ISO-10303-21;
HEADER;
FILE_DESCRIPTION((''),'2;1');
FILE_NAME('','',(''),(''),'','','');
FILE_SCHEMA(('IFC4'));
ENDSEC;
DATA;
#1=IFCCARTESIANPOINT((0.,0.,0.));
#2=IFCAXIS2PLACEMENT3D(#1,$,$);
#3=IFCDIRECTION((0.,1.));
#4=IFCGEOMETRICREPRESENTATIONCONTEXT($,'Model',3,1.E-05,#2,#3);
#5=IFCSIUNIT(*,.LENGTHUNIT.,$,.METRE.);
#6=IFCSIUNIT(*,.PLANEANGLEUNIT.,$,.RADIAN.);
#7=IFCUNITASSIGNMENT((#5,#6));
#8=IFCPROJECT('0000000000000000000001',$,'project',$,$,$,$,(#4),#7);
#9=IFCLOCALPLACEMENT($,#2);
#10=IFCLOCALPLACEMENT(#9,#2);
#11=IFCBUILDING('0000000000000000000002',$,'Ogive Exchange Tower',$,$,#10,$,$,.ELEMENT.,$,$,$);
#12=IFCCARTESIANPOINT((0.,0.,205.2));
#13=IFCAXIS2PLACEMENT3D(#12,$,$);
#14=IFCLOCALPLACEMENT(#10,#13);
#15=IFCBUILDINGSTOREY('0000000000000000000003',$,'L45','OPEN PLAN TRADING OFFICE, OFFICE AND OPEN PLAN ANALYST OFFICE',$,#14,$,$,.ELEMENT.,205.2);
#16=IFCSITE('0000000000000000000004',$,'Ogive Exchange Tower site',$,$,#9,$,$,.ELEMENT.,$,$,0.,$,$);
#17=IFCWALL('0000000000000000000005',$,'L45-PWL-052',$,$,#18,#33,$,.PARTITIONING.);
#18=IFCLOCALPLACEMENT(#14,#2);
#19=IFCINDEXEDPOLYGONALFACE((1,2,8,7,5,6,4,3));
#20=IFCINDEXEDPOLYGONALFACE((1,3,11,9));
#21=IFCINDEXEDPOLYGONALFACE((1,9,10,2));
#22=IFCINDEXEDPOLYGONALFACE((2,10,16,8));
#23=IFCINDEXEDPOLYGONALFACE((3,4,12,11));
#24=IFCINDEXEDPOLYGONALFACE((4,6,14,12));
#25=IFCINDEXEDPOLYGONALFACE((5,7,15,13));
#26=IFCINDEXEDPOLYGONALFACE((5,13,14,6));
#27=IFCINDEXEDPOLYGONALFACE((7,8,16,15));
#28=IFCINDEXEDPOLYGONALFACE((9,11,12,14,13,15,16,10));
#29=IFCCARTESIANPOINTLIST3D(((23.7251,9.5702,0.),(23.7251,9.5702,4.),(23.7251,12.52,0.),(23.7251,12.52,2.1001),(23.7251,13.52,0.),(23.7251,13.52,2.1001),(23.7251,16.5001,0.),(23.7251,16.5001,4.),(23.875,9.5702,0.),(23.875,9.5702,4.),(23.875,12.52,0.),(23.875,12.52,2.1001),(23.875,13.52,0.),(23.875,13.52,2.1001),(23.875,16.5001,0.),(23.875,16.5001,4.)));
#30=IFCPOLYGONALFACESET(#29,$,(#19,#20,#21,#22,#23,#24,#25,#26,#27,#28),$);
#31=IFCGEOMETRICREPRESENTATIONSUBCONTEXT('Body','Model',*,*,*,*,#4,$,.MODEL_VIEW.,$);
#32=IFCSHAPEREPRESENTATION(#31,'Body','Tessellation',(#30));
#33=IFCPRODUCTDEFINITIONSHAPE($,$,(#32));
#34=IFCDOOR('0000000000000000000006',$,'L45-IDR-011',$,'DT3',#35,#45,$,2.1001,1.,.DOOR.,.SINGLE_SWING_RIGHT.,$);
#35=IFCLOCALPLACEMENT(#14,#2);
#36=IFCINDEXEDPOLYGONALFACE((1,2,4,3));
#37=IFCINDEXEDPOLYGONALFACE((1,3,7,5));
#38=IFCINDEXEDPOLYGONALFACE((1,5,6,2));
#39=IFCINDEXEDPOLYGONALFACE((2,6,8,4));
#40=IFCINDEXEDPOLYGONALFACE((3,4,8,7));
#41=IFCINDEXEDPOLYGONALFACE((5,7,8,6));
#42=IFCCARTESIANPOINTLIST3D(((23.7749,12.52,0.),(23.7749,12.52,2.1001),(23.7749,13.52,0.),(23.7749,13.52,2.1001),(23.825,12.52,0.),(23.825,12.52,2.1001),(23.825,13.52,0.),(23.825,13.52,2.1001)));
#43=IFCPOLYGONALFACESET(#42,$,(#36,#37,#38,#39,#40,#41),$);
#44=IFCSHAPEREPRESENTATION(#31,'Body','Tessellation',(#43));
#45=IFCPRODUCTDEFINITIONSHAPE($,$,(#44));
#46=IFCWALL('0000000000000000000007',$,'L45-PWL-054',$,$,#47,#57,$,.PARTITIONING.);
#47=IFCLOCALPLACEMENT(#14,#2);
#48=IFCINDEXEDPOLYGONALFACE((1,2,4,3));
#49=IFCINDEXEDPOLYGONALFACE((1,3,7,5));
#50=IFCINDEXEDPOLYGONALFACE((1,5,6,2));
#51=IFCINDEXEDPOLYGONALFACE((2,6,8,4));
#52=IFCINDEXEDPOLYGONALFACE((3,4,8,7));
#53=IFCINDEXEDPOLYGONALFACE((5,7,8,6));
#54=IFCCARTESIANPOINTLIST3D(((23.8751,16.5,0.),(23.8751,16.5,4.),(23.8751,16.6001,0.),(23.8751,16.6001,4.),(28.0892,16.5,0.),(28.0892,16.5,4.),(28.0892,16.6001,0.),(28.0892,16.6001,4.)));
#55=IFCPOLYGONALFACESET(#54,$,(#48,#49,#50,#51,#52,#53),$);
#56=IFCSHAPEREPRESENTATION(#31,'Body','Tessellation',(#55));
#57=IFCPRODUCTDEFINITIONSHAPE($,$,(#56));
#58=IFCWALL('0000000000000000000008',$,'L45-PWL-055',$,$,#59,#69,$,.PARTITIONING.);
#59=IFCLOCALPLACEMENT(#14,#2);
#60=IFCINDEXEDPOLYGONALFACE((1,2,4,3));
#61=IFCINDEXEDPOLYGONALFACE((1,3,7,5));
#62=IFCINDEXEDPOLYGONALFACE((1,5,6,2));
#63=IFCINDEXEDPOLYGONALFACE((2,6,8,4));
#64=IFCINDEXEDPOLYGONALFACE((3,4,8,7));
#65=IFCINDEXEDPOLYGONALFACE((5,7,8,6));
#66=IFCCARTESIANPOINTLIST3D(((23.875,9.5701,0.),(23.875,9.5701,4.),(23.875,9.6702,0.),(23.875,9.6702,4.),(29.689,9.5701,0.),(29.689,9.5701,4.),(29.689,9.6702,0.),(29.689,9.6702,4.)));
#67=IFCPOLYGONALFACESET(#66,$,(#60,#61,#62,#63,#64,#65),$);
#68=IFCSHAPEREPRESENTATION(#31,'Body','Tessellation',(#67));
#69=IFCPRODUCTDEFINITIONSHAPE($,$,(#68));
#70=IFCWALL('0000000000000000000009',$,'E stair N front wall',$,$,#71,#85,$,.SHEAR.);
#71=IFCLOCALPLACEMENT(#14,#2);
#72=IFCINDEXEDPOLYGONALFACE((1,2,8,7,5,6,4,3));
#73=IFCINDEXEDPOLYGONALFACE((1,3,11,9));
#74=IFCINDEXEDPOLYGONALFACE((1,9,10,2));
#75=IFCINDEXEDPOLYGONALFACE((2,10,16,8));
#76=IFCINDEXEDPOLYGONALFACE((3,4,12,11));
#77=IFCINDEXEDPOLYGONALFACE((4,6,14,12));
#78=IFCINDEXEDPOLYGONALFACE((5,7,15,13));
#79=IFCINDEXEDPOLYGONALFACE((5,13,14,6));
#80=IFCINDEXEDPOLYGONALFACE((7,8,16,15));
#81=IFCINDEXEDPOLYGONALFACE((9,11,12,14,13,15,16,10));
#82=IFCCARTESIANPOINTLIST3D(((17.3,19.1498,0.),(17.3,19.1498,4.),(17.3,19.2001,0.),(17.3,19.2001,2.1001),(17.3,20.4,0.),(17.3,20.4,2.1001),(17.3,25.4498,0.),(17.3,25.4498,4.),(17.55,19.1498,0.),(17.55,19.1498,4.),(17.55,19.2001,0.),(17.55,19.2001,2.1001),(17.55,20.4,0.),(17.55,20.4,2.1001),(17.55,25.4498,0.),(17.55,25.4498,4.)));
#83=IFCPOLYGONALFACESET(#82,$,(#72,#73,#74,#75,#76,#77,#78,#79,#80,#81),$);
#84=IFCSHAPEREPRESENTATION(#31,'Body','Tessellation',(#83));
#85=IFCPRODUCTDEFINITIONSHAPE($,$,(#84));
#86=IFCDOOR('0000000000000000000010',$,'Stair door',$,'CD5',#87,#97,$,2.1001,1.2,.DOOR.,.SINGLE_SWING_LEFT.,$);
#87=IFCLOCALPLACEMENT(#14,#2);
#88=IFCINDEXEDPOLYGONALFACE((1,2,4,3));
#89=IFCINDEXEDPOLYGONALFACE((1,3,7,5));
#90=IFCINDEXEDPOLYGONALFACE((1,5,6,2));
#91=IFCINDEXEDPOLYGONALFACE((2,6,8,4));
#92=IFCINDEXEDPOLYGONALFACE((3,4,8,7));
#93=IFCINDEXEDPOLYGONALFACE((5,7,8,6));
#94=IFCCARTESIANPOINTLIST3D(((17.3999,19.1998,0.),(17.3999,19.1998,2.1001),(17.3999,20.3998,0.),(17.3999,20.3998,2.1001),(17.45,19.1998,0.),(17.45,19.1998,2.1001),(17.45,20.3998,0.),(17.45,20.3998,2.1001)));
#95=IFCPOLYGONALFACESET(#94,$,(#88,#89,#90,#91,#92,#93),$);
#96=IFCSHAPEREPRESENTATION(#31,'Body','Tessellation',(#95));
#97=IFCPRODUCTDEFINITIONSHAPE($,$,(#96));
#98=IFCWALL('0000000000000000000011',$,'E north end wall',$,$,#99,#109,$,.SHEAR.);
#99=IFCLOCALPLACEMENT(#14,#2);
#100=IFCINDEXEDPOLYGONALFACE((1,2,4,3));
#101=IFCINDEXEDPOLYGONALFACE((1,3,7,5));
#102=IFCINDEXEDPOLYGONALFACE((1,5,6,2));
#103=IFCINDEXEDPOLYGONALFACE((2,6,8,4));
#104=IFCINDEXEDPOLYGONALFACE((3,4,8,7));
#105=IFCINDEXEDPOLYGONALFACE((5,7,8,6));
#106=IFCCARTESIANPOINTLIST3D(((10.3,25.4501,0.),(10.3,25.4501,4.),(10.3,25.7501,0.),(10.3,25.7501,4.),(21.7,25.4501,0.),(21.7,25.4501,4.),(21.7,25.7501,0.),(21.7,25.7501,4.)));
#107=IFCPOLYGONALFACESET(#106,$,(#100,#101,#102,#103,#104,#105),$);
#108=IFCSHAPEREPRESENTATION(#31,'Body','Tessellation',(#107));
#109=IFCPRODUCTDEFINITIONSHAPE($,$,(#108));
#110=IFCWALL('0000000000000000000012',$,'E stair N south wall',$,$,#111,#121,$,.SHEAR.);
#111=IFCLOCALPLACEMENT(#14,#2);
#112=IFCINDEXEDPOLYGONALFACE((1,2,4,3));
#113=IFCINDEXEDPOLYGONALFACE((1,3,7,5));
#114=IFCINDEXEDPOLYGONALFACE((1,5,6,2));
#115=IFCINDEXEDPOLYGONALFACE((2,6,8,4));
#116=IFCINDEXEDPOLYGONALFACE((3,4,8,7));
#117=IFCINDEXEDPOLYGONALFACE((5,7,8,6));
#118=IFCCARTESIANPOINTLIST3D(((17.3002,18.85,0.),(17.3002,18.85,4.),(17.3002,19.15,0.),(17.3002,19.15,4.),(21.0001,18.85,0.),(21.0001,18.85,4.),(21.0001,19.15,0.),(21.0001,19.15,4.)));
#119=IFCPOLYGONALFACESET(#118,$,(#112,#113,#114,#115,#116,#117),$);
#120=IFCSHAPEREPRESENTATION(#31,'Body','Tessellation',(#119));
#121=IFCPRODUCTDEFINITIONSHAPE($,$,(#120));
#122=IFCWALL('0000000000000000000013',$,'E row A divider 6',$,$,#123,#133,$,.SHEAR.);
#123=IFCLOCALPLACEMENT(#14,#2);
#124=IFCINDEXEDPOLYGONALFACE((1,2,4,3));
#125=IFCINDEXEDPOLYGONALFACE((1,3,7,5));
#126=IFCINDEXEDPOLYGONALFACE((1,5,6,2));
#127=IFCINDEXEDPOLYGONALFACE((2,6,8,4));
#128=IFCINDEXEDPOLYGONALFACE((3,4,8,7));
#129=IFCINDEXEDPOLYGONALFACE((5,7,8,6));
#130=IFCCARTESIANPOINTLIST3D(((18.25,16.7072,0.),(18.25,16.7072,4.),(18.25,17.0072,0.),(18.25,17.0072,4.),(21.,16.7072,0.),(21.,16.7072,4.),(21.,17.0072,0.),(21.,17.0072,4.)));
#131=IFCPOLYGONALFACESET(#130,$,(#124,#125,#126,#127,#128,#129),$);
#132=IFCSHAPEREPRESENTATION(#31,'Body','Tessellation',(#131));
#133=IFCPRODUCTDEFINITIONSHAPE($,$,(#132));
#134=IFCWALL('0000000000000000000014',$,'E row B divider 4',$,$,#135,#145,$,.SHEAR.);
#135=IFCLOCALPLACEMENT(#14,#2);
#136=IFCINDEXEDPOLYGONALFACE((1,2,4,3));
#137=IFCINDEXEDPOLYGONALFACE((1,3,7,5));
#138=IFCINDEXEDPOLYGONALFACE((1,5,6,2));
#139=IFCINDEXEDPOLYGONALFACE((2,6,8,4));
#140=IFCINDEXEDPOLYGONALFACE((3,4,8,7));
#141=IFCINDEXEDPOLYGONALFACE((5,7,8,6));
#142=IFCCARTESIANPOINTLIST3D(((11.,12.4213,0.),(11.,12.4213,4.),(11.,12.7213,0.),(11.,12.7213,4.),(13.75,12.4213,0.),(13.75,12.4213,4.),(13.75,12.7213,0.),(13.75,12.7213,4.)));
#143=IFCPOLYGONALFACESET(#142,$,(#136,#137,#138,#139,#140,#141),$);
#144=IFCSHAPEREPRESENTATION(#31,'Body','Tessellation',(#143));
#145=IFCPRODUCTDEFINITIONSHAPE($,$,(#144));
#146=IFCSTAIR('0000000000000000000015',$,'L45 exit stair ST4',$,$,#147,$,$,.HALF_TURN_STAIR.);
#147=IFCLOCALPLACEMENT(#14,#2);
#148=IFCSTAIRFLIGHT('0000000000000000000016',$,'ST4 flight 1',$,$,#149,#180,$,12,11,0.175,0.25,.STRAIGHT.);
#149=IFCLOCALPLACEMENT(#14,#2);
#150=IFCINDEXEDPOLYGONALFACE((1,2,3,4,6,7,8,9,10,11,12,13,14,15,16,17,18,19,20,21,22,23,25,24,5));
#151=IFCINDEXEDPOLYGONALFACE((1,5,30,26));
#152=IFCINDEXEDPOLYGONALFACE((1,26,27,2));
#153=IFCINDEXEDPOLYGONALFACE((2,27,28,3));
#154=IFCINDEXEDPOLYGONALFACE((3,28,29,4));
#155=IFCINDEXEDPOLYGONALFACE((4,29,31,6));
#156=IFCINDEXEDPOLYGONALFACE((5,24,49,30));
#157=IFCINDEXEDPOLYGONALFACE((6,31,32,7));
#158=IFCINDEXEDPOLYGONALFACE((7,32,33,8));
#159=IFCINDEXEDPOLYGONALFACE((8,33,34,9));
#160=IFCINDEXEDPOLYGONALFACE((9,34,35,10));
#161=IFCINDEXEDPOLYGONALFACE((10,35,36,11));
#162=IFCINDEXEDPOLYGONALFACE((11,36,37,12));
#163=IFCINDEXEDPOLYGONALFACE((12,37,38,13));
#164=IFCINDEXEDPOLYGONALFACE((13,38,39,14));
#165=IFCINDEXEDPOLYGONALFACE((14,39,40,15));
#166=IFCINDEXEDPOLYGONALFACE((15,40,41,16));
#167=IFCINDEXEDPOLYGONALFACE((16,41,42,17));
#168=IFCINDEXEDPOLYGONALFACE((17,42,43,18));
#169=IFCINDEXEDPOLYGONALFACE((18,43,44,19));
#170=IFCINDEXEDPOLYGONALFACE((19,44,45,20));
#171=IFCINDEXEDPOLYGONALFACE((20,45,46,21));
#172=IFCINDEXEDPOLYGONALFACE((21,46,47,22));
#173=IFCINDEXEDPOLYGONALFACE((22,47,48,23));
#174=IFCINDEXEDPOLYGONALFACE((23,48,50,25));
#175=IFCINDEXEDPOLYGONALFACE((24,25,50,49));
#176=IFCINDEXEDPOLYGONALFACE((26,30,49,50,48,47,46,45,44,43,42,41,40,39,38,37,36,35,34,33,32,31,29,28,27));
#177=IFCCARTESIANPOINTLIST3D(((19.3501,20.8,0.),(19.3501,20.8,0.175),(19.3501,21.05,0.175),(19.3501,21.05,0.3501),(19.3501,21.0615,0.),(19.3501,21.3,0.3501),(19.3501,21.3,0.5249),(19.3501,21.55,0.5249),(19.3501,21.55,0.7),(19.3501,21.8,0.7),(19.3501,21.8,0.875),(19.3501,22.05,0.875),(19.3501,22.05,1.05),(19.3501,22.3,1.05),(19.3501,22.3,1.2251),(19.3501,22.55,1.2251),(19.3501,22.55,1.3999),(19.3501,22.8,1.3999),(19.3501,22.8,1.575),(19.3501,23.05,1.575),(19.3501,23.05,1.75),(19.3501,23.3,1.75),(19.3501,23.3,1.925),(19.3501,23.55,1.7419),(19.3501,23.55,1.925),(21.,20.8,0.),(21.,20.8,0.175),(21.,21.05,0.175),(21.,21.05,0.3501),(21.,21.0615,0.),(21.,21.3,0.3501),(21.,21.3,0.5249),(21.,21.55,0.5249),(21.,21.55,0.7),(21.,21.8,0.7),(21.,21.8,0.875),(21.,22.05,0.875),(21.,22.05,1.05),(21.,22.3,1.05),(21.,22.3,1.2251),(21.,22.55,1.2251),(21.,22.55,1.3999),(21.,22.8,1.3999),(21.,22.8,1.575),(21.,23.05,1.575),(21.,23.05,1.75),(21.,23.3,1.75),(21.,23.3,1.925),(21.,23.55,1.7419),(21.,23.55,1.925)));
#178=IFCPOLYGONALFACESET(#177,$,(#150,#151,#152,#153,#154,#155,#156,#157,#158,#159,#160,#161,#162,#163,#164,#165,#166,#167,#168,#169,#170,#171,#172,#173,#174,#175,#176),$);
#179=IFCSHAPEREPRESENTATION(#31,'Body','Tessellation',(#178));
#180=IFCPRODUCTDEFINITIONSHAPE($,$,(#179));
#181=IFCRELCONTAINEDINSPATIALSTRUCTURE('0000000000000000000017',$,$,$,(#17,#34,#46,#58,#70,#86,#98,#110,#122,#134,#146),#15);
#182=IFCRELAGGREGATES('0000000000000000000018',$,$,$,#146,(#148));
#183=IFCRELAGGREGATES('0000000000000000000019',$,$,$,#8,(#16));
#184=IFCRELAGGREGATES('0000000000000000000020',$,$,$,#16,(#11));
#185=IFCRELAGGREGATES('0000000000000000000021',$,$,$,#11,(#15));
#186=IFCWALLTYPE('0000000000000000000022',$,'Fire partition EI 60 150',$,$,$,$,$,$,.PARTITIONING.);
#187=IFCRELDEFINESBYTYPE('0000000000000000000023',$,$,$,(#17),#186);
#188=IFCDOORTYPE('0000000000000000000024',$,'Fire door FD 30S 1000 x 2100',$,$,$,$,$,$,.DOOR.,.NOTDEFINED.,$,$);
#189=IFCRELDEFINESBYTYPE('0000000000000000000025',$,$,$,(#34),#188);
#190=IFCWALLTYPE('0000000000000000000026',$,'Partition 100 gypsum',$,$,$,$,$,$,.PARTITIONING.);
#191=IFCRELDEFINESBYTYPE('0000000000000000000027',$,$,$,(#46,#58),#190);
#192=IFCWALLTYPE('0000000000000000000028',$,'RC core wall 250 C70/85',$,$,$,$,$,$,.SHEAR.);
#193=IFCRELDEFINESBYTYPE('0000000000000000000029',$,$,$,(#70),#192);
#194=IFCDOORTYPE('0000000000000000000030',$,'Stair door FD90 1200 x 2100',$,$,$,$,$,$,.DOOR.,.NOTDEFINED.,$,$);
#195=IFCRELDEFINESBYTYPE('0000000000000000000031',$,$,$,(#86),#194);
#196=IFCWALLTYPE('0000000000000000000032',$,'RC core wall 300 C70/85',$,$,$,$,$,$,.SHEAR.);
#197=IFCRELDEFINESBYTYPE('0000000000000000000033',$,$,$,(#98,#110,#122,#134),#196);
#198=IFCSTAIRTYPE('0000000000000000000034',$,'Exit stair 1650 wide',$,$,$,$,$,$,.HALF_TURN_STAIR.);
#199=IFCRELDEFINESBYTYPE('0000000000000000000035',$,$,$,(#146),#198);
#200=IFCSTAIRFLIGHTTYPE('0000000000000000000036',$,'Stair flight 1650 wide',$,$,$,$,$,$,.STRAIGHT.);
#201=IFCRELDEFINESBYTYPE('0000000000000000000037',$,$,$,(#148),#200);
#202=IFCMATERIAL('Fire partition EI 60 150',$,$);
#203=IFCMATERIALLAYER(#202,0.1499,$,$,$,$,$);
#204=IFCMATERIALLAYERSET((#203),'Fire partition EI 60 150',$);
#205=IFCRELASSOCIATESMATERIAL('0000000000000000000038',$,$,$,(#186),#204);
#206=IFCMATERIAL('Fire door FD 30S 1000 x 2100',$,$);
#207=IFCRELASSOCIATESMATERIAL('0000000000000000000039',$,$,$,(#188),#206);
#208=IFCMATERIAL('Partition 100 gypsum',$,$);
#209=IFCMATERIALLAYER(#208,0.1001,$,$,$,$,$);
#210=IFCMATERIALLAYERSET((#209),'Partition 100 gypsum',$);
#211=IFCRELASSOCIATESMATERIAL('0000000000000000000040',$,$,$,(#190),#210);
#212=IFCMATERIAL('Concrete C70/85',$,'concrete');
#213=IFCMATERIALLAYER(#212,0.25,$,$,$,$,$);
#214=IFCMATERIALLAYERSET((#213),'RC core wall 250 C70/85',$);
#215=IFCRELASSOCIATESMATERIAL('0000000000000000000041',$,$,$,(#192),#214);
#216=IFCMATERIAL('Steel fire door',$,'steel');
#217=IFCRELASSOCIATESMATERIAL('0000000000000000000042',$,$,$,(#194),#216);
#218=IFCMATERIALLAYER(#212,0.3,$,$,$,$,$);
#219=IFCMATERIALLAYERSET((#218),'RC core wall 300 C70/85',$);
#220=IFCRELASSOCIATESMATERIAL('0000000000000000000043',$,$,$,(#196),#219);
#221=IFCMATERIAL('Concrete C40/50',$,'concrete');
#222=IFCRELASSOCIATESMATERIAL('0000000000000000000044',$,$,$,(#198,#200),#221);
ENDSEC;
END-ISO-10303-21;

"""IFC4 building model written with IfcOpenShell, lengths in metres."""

from ifc_helpers import new_model, si_unit, direction, frame, frame_2d, origin, place, context, subcontext, project, spatial, polyline, rectangle, outline, extrude, material, layer, layer_set, type_object, element, fill, aggregate, save


model = new_model("IFC4")

# Units and contexts
model_context = context("Model", 3, precision=1e-05, world=origin(), true_north=direction((0.0, 1.0)))
body_context = subcontext(model_context, "Body", "Model", "MODEL_VIEW")
ifc_project = project(units=[si_unit("LENGTHUNIT", "METRE"), si_unit("PLANEANGLEUNIT", "RADIAN")], contexts=[model_context])

# Site, building, storey
site_placement = place(None, origin())
site = spatial("IfcSite", under=ifc_project, at=site_placement, Name="Ogive Exchange Tower site", CompositionType="ELEMENT", RefElevation=0.0)
building_placement = place(site_placement, origin())
building = spatial("IfcBuilding", under=site, at=building_placement, Name="Ogive Exchange Tower", CompositionType="ELEMENT")
storey_placement = place(building_placement, frame((0.0, 0.0, 205.2)))
storey = spatial("IfcBuildingStorey", under=building, at=storey_placement, Name="L45", Description="OPEN PLAN TRADING OFFICE, OFFICE AND OPEN PLAN ANALYST OFFICE", CompositionType="ELEMENT", Elevation=205.2)

# Shared definitions
ifc_material_1 = material(Name="Fire partition EI 60 150")
ifc_layer_1 = layer(ifc_material_1, 0.1499)
ifc_layer_set_1 = layer_set([ifc_layer_1], Name="Fire partition EI 60 150")
wall_type_1 = type_object("IfcWallType", Name="Fire partition EI 60 150", PredefinedType="PARTITIONING", material=ifc_layer_set_1)

# Wall, opening, door
wall_1_placement = place(storey_placement, frame((23.8, 16.5, 0.0), z_axis=(0.0, 0.0, 1.0), x_axis=(0.0, -1.0, 0.0)))
wall_1 = element("IfcWall", 1, at=wall_1_placement, inside=storey, type_object=wall_type_1, Name="L45-PWL-052", PredefinedType="PARTITIONING", context=body_context, shape_type="SweptSolid", body=[
    extrude(rectangle(XDim=6.9299, YDim=0.1499, at=frame_2d((3.4648, 0.0))), origin(), (0.0, 0.0, 1.0), 4.0),
])
opening_1_placement = place(wall_1_placement, frame((2.98, 0.0, 0.0)))
opening_1 = element("IfcOpeningElement", 2, at=opening_1_placement, cuts=wall_1, PredefinedType="OPENING", context=body_context, shape_type="SweptSolid", body=[
    extrude(rectangle(XDim=1.0, YDim=2.1001, at=frame_2d((0.5, 1.05))), frame((0.0, 0.085, 0.0), z_axis=(0.0, -1.0, 0.0), x_axis=(1.0, 0.0, 0.0)), (0.0, 0.0, 1.0), 0.1699),
])
ifc_material_2 = material(Name="Fire door FD 30S 1000 x 2100")
door_type_1 = type_object("IfcDoorType", Name="Fire door FD 30S 1000 x 2100", OperationType="NOTDEFINED", PredefinedType="DOOR", material=ifc_material_2)
door_1_placement = place(opening_1_placement, origin())
door_1 = element("IfcDoor", 3, at=door_1_placement, inside=storey, type_object=door_type_1, Name="L45-IDR-011", ObjectType="DT3", OperationType="SINGLE_SWING_RIGHT", OverallHeight=2.1001, OverallWidth=1.0, PredefinedType="DOOR", context=body_context, shape_type="SweptSolid", body=[
    extrude(rectangle(XDim=1.0, YDim=2.1001, at=frame_2d((0.5, 1.05))), frame((0.0, 0.0249, 0.0), z_axis=(0.0, -1.0, 0.0), x_axis=(1.0, 0.0, 0.0)), (0.0, 0.0, 1.0), 0.05),
])
fill(opening_1, door_1)

# Walls
ifc_material_3 = material(Name="Partition 100 gypsum")
ifc_layer_2 = layer(ifc_material_3, 0.1001)
ifc_layer_set_2 = layer_set([ifc_layer_2], Name="Partition 100 gypsum")
wall_type_2 = type_object("IfcWallType", Name="Partition 100 gypsum", PredefinedType="PARTITIONING", material=ifc_layer_set_2)
wall_2_placement = place(storey_placement, frame((28.0891, 16.55, 0.0), z_axis=(0.0, 0.0, 1.0), x_axis=(-1.0, 0.0, 0.0)))
element("IfcWall", 4, at=wall_2_placement, inside=storey, type_object=wall_type_2, Name="L45-PWL-054", PredefinedType="PARTITIONING", context=body_context, shape_type="SweptSolid", body=[
    extrude(rectangle(XDim=4.2141, YDim=0.1001, at=frame_2d((2.1069, 0.0))), origin(), (0.0, 0.0, 1.0), 4.0),
])
wall_3_placement = place(storey_placement, frame((29.689, 9.6201, 0.0), z_axis=(0.0, 0.0, 1.0), x_axis=(-1.0, 0.0, 0.0)))
element("IfcWall", 5, at=wall_3_placement, inside=storey, type_object=wall_type_2, Name="L45-PWL-055", PredefinedType="PARTITIONING", context=body_context, shape_type="SweptSolid", body=[
    extrude(rectangle(XDim=5.814, YDim=0.1001, at=frame_2d((2.907, 0.0))), origin(), (0.0, 0.0, 1.0), 4.0),
])

# Wall, opening, door
ifc_material_4 = material(Name="Concrete C70/85", Category="concrete")
ifc_layer_3 = layer(ifc_material_4, 0.25)
ifc_layer_set_3 = layer_set([ifc_layer_3], Name="RC core wall 250 C70/85")
wall_type_3 = type_object("IfcWallType", Name="RC core wall 250 C70/85", PredefinedType="SHEAR", material=ifc_layer_set_3)
wall_4_placement = place(storey_placement, frame((17.425, 19.1499, 0.0), z_axis=(0.0, 0.0, 1.0), x_axis=(0.0, 1.0, 0.0)))
wall_4 = element("IfcWall", 6, at=wall_4_placement, inside=storey, type_object=wall_type_3, Name="E stair N front wall", PredefinedType="SHEAR", context=body_context, shape_type="SweptSolid", body=[
    extrude(rectangle(XDim=6.3, YDim=0.25, at=frame_2d((3.1499, 0.0))), origin(), (0.0, 0.0, 1.0), 4.0),
])
opening_2_placement = place(wall_4_placement, frame((0.05, 0.0, 0.0)))
opening_2 = element("IfcOpeningElement", 7, at=opening_2_placement, cuts=wall_4, PredefinedType="OPENING", context=body_context, shape_type="SweptSolid", body=[
    extrude(rectangle(XDim=1.2, YDim=2.1001, at=frame_2d((0.6001, 1.05))), frame((0.0, 0.135, 0.0), z_axis=(0.0, -1.0, 0.0), x_axis=(1.0, 0.0, 0.0)), (0.0, 0.0, 1.0), 0.27),
])
ifc_material_5 = material(Name="Steel fire door", Category="steel")
door_type_2 = type_object("IfcDoorType", Name="Stair door FD90 1200 x 2100", OperationType="NOTDEFINED", PredefinedType="DOOR", material=ifc_material_5)
door_2_placement = place(opening_2_placement, frame((1.2, 0.0, 0.0), z_axis=(0.0, 0.0, 1.0), x_axis=(-1.0, 0.0, 0.0)))
door_2 = element("IfcDoor", 8, at=door_2_placement, inside=storey, type_object=door_type_2, Name="Stair door", ObjectType="CD5", OperationType="SINGLE_SWING_LEFT", OverallHeight=2.1001, OverallWidth=1.2, PredefinedType="DOOR", context=body_context, shape_type="SweptSolid", body=[
    extrude(rectangle(XDim=1.2, YDim=2.1001, at=frame_2d((0.6001, 1.05))), frame((0.0, 0.0249, 0.0), z_axis=(0.0, -1.0, 0.0), x_axis=(1.0, 0.0, 0.0)), (0.0, 0.0, 1.0), 0.05),
])
fill(opening_2, door_2)

# Walls
ifc_layer_4 = layer(ifc_material_4, 0.3)
ifc_layer_set_4 = layer_set([ifc_layer_4], Name="RC core wall 300 C70/85")
wall_type_4 = type_object("IfcWallType", Name="RC core wall 300 C70/85", PredefinedType="SHEAR", material=ifc_layer_set_4)
wall_5_placement = place(storey_placement, frame((10.3, 25.6001, 0.0), z_axis=(0.0, 0.0, 1.0), x_axis=(1.0, 0.0, 0.0)))
element("IfcWall", 9, at=wall_5_placement, inside=storey, type_object=wall_type_4, Name="E north end wall", PredefinedType="SHEAR", context=body_context, shape_type="SweptSolid", body=[
    extrude(rectangle(XDim=11.3999, YDim=0.3, at=frame_2d((5.7, 0.0))), origin(), (0.0, 0.0, 1.0), 4.0),
])
wall_6_placement = place(storey_placement, frame((17.3, 19.0, 0.0), z_axis=(0.0, 0.0, 1.0), x_axis=(1.0, 0.0, 0.0)))
element("IfcWall", 10, at=wall_6_placement, inside=storey, type_object=wall_type_4, Name="E stair N south wall", PredefinedType="SHEAR", context=body_context, shape_type="SweptSolid", body=[
    extrude(rectangle(XDim=3.7, YDim=0.3, at=frame_2d((1.8501, 0.0))), origin(), (0.0, 0.0, 1.0), 4.0),
])
for number, where, z_axis, x_axis, name in (
    (11, (18.25, 16.8572, 0.0), (0.0, 0.0, 1.0), (1.0, 0.0, 0.0), "E row A divider 6"),
    (12, (11.0, 12.5713, 0.0), (0.0, 0.0, 1.0), (1.0, 0.0, 0.0), "E row B divider 4"),
):
    element("IfcWall", number, at=place(storey_placement, frame(where, z_axis=z_axis, x_axis=x_axis)), inside=storey, type_object=wall_type_4, Name=name, PredefinedType="SHEAR", context=body_context, shape_type="SweptSolid", body=[
        extrude(rectangle(XDim=2.75, YDim=0.3, at=frame_2d((1.375, 0.0))), origin(), (0.0, 0.0, 1.0), 4.0),
    ])

# Stair, stair flight
ifc_material_6 = material(Name="Concrete C40/50", Category="concrete")
stair_type = type_object("IfcStairType", Name="Exit stair 1650 wide", PredefinedType="HALF_TURN_STAIR", material=ifc_material_6)
stair_placement = place(storey_placement, origin())
stair = element("IfcStair", 13, at=stair_placement, inside=storey, type_object=stair_type, Name="L45 exit stair ST4", PredefinedType="HALF_TURN_STAIR")
stair_flight_type = type_object("IfcStairFlightType", Name="Stair flight 1650 wide", PredefinedType="STRAIGHT", material=ifc_material_6)
stair_flight_1_placement = place(storey_placement, frame((20.175, 20.8, 0.0), z_axis=(0.0, 0.0, 1.0), x_axis=(0.0, 1.0, 0.0)))
stair_flight_1 = element("IfcStairFlight", 14, at=stair_flight_1_placement, type_object=stair_flight_type, Name="ST4 flight 1", NumberOfRisers=12, NumberOfTreads=11, PredefinedType="STRAIGHT", RiserHeight=0.175, TreadLength=0.25, context=body_context, shape_type="SweptSolid", body=[
    extrude(outline(polyline([(0.0, 0.0), (0.0, 0.175), (0.25, 0.175), (0.25, 0.3501), (0.5, 0.3501), (0.5, 0.5249), (0.75, 0.5249), (0.75, 0.7), (1.0, 0.7), (1.0, 0.875), (1.25, 0.875), (1.25, 1.05), (1.5, 1.05), (1.5, 1.2251), (1.75, 1.2251), (1.75, 1.3999), (2.0, 1.3999), (2.0, 1.575), (2.25, 1.575), (2.25, 1.75), (2.5, 1.75), (2.5, 1.925), (2.75, 1.925), (2.75, 2.1001), (2.75, 1.7419), (0.2615, 0.0), (0.0, 0.0)])), frame((0.0, 0.825, 0.0), z_axis=(0.0, -1.0, 0.0), x_axis=(1.0, 0.0, 0.0)), (0.0, 0.0, 1.0), 1.6499),
])
aggregate(stair, [stair_flight_1])

save(model, "model.ifc")
